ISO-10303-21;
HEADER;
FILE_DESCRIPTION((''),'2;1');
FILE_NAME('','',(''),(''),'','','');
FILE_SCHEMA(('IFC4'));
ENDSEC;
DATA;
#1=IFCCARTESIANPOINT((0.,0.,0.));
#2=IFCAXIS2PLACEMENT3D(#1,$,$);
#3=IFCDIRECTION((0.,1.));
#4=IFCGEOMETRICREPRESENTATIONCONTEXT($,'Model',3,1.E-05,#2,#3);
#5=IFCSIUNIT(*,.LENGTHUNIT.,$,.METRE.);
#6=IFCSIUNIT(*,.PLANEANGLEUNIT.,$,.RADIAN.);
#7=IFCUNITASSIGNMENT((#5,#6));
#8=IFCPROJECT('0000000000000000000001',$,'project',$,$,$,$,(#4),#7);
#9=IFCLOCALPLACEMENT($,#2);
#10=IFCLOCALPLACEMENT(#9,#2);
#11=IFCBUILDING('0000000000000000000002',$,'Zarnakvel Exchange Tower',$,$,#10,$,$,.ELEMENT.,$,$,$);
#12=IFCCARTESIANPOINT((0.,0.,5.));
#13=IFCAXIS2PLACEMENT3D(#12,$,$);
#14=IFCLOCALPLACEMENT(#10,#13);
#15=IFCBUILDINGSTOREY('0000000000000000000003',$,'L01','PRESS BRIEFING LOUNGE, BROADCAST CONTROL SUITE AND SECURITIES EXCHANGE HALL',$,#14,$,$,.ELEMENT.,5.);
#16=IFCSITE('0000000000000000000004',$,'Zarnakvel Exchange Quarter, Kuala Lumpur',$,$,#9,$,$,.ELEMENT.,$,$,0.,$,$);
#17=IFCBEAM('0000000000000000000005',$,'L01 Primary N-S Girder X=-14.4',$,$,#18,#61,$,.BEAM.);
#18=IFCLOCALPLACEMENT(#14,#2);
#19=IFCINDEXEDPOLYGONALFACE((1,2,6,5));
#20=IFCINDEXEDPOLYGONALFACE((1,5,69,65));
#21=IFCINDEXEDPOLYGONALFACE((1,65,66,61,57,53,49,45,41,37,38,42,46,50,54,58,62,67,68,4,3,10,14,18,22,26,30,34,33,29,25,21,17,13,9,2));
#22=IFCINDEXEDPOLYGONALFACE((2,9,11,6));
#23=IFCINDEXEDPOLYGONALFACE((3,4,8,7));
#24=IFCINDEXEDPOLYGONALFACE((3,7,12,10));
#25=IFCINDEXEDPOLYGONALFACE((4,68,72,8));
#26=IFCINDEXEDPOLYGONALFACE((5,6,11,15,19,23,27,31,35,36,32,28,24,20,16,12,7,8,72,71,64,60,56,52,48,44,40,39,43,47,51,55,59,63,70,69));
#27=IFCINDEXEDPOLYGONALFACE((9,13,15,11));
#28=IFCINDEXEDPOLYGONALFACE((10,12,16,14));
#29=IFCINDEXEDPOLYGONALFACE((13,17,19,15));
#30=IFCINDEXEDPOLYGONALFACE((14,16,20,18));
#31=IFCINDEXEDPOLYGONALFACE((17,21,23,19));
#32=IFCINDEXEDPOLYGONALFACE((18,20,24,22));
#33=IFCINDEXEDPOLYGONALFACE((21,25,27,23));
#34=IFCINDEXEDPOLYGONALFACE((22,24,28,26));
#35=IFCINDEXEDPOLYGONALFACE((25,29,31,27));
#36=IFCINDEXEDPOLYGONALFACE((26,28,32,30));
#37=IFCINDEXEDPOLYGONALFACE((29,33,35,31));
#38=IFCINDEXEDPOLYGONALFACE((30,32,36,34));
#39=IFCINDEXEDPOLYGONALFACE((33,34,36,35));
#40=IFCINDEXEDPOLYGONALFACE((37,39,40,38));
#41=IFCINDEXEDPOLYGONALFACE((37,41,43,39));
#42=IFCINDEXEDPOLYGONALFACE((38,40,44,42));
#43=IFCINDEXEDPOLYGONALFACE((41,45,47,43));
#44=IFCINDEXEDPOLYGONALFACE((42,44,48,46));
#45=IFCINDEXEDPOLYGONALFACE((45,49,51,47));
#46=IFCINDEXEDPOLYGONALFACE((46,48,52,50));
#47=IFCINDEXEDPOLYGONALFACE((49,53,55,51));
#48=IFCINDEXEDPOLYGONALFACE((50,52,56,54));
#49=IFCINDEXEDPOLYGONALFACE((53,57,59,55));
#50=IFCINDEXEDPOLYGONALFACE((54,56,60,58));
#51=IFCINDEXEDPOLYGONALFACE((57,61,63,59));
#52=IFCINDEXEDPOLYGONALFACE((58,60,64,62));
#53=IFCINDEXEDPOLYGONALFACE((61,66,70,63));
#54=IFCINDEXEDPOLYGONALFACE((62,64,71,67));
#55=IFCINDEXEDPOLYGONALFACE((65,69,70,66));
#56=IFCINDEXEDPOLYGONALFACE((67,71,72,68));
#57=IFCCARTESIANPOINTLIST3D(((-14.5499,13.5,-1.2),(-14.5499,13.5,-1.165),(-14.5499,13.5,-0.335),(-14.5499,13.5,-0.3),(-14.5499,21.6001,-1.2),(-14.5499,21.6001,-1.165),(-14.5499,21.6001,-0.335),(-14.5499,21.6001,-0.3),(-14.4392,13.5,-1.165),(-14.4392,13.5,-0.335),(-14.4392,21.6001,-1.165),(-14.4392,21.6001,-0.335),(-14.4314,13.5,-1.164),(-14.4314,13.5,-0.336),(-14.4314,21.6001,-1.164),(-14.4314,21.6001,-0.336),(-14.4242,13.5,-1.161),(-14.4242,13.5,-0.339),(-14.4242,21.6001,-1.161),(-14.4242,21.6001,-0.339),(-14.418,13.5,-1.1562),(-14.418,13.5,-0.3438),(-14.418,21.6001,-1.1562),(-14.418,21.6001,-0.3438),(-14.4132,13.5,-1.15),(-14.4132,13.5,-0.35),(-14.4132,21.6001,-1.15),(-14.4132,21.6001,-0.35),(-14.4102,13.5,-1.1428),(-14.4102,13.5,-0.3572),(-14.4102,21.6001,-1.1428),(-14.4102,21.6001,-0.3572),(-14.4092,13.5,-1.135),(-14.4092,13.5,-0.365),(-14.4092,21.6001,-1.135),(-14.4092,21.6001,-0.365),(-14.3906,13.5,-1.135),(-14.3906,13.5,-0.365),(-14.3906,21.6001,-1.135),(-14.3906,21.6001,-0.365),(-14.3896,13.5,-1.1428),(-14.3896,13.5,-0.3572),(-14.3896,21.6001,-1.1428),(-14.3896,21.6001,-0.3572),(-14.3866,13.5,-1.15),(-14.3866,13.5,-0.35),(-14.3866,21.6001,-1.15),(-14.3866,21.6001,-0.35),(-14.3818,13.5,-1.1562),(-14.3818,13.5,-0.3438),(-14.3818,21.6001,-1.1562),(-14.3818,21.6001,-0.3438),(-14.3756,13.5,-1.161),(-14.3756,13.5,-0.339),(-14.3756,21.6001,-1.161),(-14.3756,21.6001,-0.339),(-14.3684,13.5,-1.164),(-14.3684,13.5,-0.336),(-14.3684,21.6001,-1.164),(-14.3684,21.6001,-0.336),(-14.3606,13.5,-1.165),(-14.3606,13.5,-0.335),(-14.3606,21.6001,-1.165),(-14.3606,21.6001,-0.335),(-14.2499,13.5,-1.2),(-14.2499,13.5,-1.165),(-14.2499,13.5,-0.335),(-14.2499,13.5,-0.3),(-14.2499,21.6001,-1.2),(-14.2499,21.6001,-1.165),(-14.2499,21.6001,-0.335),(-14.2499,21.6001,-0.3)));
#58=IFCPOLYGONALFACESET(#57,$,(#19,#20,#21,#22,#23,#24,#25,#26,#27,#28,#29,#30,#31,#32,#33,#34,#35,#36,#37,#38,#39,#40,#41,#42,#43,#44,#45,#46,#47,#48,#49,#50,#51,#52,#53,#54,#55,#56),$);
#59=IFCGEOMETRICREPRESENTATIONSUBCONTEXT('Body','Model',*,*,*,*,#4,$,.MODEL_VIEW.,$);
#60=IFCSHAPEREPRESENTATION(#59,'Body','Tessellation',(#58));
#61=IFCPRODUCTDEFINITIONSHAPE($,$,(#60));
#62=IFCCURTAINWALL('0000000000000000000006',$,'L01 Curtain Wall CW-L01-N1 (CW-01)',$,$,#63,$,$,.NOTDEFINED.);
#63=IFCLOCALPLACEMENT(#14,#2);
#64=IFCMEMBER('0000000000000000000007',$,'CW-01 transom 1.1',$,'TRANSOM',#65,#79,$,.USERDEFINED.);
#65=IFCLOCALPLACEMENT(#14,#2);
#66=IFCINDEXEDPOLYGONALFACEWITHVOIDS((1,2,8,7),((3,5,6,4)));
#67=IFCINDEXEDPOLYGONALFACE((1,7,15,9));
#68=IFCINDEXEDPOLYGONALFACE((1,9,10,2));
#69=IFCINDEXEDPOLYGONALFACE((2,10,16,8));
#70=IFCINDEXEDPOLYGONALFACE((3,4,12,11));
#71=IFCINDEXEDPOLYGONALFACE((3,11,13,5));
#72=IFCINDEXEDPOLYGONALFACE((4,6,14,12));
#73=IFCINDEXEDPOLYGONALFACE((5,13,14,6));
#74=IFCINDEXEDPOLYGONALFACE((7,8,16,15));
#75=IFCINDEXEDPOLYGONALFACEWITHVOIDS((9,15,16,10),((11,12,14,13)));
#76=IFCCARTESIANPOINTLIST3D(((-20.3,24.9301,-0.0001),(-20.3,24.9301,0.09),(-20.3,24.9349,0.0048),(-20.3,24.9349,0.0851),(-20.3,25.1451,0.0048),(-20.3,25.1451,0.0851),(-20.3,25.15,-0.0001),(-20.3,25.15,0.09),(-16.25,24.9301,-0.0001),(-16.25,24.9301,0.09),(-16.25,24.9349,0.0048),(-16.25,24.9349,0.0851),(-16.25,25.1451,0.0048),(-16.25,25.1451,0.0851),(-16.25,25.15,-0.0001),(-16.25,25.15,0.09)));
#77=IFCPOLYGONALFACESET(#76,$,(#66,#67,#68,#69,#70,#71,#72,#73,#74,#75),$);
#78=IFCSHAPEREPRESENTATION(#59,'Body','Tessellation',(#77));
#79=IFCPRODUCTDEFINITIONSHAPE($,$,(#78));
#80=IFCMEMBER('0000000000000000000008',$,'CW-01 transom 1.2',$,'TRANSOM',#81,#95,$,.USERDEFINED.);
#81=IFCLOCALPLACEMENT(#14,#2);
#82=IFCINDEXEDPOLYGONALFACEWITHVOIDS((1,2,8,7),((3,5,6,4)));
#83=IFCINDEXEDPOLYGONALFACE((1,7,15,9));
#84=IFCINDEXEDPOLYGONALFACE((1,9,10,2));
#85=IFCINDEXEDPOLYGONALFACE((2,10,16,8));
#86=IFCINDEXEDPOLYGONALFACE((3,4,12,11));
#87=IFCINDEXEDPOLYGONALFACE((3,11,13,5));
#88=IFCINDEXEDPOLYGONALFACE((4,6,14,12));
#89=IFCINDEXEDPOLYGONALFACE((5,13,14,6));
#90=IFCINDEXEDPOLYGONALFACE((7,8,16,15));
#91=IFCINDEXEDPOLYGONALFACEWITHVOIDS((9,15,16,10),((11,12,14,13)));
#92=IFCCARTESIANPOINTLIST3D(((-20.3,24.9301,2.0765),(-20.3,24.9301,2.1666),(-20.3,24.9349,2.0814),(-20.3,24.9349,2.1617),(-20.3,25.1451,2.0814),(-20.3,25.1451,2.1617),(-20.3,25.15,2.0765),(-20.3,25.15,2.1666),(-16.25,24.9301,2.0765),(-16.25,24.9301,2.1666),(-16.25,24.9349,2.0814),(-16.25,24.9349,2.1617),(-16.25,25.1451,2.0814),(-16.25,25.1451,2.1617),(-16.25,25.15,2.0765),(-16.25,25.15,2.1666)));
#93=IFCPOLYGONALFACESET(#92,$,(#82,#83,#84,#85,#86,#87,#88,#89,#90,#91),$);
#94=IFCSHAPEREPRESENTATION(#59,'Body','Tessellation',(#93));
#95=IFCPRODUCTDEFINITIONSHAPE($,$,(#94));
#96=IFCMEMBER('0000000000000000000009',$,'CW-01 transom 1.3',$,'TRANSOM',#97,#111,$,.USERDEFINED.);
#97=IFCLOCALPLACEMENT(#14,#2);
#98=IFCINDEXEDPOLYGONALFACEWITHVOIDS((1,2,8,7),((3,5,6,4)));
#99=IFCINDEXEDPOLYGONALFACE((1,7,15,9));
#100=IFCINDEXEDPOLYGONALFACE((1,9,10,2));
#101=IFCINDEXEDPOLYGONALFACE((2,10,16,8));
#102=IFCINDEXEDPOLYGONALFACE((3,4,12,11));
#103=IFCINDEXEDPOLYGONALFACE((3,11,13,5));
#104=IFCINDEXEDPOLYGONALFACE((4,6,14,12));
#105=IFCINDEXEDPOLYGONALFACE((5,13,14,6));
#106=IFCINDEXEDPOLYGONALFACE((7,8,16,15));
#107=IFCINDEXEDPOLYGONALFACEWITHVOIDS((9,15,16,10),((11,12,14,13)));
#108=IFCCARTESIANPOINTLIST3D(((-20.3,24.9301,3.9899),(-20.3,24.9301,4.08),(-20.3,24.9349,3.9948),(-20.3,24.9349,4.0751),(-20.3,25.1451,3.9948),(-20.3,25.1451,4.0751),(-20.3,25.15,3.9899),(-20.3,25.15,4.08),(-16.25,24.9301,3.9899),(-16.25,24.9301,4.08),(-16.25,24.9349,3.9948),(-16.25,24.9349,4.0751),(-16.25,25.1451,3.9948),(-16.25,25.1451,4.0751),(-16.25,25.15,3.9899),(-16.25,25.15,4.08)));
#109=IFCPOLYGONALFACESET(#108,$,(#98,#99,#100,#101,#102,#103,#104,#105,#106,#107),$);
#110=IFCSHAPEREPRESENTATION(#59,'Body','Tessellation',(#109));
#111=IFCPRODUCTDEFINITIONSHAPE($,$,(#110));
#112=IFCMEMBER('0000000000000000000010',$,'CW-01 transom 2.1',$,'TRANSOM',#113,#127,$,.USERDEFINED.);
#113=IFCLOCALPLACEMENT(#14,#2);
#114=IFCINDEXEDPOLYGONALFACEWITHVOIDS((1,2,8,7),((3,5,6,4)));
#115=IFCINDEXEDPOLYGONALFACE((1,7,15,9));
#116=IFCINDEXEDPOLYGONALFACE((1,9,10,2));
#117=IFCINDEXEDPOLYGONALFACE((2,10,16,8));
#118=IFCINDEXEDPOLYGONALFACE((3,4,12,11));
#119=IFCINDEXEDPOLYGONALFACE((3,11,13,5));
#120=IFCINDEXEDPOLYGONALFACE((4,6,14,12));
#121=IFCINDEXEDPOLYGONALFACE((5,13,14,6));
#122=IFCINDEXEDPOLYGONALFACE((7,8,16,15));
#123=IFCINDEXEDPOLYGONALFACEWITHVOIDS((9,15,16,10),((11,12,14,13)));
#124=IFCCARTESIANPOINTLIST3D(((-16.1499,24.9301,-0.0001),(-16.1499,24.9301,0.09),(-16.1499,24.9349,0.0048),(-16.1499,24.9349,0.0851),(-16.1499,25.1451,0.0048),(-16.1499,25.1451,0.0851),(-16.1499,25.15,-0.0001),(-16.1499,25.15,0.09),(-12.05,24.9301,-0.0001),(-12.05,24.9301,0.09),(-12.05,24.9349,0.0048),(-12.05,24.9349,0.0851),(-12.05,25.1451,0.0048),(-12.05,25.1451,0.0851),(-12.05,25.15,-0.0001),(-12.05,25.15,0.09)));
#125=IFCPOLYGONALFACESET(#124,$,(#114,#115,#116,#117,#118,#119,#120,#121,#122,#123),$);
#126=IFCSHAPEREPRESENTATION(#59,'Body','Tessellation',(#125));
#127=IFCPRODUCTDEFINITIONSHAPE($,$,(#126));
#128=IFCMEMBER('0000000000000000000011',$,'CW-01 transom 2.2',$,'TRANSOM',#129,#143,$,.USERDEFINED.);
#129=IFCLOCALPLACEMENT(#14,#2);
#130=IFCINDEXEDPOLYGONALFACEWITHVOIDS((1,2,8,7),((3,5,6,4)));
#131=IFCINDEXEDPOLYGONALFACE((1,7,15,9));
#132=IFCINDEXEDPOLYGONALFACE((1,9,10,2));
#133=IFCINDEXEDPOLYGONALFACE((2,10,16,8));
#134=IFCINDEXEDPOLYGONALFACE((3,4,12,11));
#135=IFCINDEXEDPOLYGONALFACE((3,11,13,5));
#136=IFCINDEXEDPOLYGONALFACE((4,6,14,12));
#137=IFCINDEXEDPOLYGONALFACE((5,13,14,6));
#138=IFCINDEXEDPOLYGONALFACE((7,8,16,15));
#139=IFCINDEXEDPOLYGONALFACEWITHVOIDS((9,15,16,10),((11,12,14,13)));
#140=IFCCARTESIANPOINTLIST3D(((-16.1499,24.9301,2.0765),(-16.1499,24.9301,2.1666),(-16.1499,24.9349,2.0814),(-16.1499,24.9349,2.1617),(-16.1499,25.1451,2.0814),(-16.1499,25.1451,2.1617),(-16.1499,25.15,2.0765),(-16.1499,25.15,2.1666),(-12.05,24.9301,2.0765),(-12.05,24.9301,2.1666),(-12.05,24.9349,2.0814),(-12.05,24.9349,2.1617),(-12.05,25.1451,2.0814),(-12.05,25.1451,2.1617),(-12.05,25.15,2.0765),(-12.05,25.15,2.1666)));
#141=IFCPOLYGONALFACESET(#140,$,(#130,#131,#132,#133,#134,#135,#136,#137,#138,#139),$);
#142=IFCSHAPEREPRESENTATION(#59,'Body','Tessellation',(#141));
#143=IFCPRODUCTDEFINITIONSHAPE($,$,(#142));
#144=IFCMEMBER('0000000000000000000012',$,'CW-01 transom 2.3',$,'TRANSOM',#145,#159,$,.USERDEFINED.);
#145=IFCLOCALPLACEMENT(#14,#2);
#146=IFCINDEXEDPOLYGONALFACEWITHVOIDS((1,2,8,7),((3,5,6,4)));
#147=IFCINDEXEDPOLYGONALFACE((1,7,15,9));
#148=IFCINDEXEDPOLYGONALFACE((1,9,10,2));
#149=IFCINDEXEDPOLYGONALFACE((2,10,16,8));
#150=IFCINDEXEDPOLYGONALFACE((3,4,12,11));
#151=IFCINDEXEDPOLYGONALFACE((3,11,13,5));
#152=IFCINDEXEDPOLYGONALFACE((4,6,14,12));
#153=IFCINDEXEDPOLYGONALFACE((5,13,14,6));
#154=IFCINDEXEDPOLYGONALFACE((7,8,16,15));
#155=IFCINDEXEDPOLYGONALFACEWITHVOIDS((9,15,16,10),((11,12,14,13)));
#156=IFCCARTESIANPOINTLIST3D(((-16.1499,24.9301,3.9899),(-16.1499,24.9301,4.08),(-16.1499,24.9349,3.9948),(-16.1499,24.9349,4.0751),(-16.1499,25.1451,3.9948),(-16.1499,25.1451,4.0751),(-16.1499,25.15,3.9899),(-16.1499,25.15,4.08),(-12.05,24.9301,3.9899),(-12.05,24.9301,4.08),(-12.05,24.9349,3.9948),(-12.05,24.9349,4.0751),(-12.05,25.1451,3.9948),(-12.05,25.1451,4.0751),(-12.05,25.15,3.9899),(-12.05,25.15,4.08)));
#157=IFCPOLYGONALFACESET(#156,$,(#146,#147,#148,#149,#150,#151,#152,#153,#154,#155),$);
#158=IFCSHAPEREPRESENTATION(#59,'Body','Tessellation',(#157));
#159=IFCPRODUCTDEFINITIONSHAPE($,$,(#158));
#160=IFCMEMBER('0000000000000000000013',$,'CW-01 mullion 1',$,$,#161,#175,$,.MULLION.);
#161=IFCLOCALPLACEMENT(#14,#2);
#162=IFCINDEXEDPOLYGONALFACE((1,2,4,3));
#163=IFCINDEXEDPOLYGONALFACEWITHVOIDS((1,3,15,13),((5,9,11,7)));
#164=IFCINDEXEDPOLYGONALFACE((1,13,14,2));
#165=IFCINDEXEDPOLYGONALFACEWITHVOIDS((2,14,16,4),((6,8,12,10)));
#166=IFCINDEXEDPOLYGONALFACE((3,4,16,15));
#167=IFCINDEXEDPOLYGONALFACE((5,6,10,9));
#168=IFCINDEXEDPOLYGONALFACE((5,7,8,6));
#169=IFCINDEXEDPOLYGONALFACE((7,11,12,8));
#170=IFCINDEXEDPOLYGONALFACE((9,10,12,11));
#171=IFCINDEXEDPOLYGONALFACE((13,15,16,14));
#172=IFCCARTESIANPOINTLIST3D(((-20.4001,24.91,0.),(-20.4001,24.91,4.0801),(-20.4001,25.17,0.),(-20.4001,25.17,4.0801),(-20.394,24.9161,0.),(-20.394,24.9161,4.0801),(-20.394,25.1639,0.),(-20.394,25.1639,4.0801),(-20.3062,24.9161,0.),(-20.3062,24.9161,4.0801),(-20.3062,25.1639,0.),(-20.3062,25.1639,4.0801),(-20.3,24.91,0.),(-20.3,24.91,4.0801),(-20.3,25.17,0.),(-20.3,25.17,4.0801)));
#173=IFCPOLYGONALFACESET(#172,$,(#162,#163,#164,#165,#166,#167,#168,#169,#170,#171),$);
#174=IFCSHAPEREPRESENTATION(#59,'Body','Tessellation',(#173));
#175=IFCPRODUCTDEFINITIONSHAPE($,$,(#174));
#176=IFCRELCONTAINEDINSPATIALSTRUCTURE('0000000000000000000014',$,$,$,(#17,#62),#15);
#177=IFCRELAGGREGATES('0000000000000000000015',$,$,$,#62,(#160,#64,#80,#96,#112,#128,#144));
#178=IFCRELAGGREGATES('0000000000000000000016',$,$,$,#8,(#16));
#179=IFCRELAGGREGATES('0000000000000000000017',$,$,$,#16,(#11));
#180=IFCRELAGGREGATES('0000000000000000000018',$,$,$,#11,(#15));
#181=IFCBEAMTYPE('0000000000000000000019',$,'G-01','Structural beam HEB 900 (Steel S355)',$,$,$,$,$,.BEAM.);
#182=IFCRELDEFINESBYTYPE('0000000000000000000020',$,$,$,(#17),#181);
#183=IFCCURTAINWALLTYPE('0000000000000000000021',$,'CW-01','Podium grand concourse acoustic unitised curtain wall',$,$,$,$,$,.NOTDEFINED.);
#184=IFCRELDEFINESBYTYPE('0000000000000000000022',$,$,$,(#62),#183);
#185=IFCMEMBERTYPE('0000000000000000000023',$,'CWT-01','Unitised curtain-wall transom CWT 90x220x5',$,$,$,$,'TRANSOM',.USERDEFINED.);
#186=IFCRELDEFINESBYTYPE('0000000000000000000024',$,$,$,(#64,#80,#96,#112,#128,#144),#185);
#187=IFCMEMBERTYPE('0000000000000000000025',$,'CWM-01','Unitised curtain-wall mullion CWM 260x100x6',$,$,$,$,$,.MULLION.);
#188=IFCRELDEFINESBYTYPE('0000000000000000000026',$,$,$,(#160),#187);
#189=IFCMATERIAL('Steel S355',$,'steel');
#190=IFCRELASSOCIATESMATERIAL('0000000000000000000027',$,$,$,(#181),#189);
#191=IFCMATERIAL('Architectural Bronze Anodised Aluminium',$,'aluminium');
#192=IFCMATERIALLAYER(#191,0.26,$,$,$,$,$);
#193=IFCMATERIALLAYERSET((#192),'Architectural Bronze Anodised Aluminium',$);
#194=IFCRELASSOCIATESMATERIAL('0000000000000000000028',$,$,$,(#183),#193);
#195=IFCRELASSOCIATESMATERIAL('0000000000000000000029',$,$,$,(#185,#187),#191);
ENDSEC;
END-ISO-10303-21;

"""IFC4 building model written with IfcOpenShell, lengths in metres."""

from ifc_helpers import new_model, si_unit, direction, frame, origin, origin_2d, place, context, subcontext, project, spatial, hollow_rectangle, i_section, extrude, source, transform, mapped, material, layer, layer_set, material_profile, profile_set, type_object, element, aggregate, save


model = new_model("IFC4")

# Units and contexts
model_context = context("Model", 3, precision=1e-05, world=origin(), true_north=direction((0.0, 1.0)))
body_context = subcontext(model_context, "Body", "Model", "MODEL_VIEW")
ifc_project = project(units=[si_unit("LENGTHUNIT", "METRE"), si_unit("PLANEANGLEUNIT", "RADIAN")], contexts=[model_context])

# Site, building, storey
site_placement = place(None, origin())
site = spatial("IfcSite", under=ifc_project, at=site_placement, Name="Zarnakvel Exchange Quarter, Kuala Lumpur", CompositionType="ELEMENT", RefElevation=0.0)
building_placement = place(site_placement, origin())
building = spatial("IfcBuilding", under=site, at=building_placement, Name="Zarnakvel Exchange Tower", CompositionType="ELEMENT")
storey_placement = place(building_placement, frame((0.0, 0.0, 5.0)))
storey = spatial("IfcBuildingStorey", under=building, at=storey_placement, Name="L01", Description="PRESS BRIEFING LOUNGE, BROADCAST CONTROL SUITE AND SECURITIES EXCHANGE HALL", CompositionType="ELEMENT", Elevation=5.0)

# Beam
ifc_material_1 = material(Name="Steel S355", Category="steel")
ifc_material_profile_1 = material_profile(ifc_material_1, i_section(OverallWidth=0.3, OverallDepth=0.8999, WebThickness=0.0186, FlangeThickness=0.0349, FilletRadius=0.03, at=origin_2d()))
ifc_profile_set_1 = profile_set([ifc_material_profile_1], Name="Steel S355")
beam_type_1 = type_object("IfcBeamType", Name="G-01", Description="Structural beam HEB 900 (Steel S355)", PredefinedType="BEAM", material=ifc_profile_set_1)
beam_1_placement = place(storey_placement, frame((-14.3999, 13.5, -0.75), z_axis=(0.0, 1.0, 0.0), x_axis=(-1.0, 0.0, 0.0)))
element("IfcBeam", 1, at=beam_1_placement, inside=storey, type_object=beam_type_1, Name="L01 Primary N-S Girder X=-14.4", PredefinedType="BEAM", context=body_context, shape_type="SweptSolid", body=[
    extrude(i_section(OverallWidth=0.3, OverallDepth=0.8999, WebThickness=0.0186, FlangeThickness=0.0349, FilletRadius=0.03, at=origin_2d()), origin(), (0.0, 0.0, 1.0), 8.1001),
])

# Curtain wall, members
ifc_material_2 = material(Name="Architectural Bronze Anodised Aluminium", Category="aluminium")
ifc_layer_1 = layer(ifc_material_2, 0.26)
ifc_layer_set_1 = layer_set([ifc_layer_1], Name="Architectural Bronze Anodised Aluminium")
curtain_wall_type = type_object("IfcCurtainWallType", Name="CW-01", Description="Podium grand concourse acoustic unitised curtain wall", PredefinedType="NOTDEFINED", material=ifc_layer_set_1)
curtain_wall_placement = place(storey_placement, origin())
curtain_wall = element("IfcCurtainWall", 2, at=curtain_wall_placement, inside=storey, type_object=curtain_wall_type, Name="L01 Curtain Wall CW-L01-N1 (CW-01)", PredefinedType="NOTDEFINED")
ifc_material_profile_2 = material_profile(ifc_material_2, hollow_rectangle(XDim=0.22, YDim=0.0901, WallThickness=0.0049, at=origin_2d()))
ifc_profile_set_2 = profile_set([ifc_material_profile_2], Name="Architectural Bronze Anodised Aluminium")
member_type_1 = type_object("IfcMemberType", Name="CWT-01", Description="Unitised curtain-wall transom CWT 90x220x5", ElementType="TRANSOM", PredefinedType="USERDEFINED", material=ifc_profile_set_2)
shared_shape_1 = source(origin(), body_context, "Body", "SweptSolid", [
    extrude(hollow_rectangle(XDim=0.22, YDim=0.0901, WallThickness=0.0049, at=origin_2d()), origin(), (0.0, 0.0, 1.0), 4.05),
])
member_1_placement = place(storey_placement, frame((-20.3, 25.04, 0.0449), z_axis=(1.0, 0.0, 0.0), x_axis=(0.0, 1.0, 0.0)))
member_1 = element("IfcMember", 3, at=member_1_placement, type_object=member_type_1, Name="CW-01 transom 1.1", ObjectType="TRANSOM", PredefinedType="USERDEFINED", context=body_context, shape_type="MappedRepresentation", body=[
    mapped(shared_shape_1, transform((0.0, 0.0, 0.0), x_axis=(1.0, 0.0, 0.0), y_axis=(0.0, 1.0, 0.0), z_axis=(0.0, 0.0, 1.0), scale=1.0)),
])
member_2_placement = place(storey_placement, frame((-20.3, 25.04, 2.1216), z_axis=(1.0, 0.0, 0.0), x_axis=(0.0, 1.0, 0.0)))
member_2 = element("IfcMember", 4, at=member_2_placement, type_object=member_type_1, Name="CW-01 transom 1.2", ObjectType="TRANSOM", PredefinedType="USERDEFINED", context=body_context, shape_type="MappedRepresentation", body=[
    mapped(shared_shape_1, transform((0.0, 0.0, 0.0), x_axis=(1.0, 0.0, 0.0), y_axis=(0.0, 1.0, 0.0), z_axis=(0.0, 0.0, 1.0), scale=1.0)),
])
member_3_placement = place(storey_placement, frame((-20.3, 25.04, 4.0349), z_axis=(1.0, 0.0, 0.0), x_axis=(0.0, 1.0, 0.0)))
member_3 = element("IfcMember", 5, at=member_3_placement, type_object=member_type_1, Name="CW-01 transom 1.3", ObjectType="TRANSOM", PredefinedType="USERDEFINED", context=body_context, shape_type="MappedRepresentation", body=[
    mapped(shared_shape_1, transform((0.0, 0.0, 0.0), x_axis=(1.0, 0.0, 0.0), y_axis=(0.0, 1.0, 0.0), z_axis=(0.0, 0.0, 1.0), scale=1.0)),
])
shared_shape_2 = source(origin(), body_context, "Body", "SweptSolid", [
    extrude(hollow_rectangle(XDim=0.22, YDim=0.0901, WallThickness=0.0049, at=origin_2d()), origin(), (0.0, 0.0, 1.0), 4.0999),
])
member_4_placement = place(storey_placement, frame((-16.1499, 25.04, 0.0449), z_axis=(1.0, 0.0, 0.0), x_axis=(0.0, 1.0, 0.0)))
member_4 = element("IfcMember", 6, at=member_4_placement, type_object=member_type_1, Name="CW-01 transom 2.1", ObjectType="TRANSOM", PredefinedType="USERDEFINED", context=body_context, shape_type="MappedRepresentation", body=[
    mapped(shared_shape_2, transform((0.0, 0.0, 0.0), x_axis=(1.0, 0.0, 0.0), y_axis=(0.0, 1.0, 0.0), z_axis=(0.0, 0.0, 1.0), scale=1.0)),
])
member_5_placement = place(storey_placement, frame((-16.1499, 25.04, 2.1216), z_axis=(1.0, 0.0, 0.0), x_axis=(0.0, 1.0, 0.0)))
member_5 = element("IfcMember", 7, at=member_5_placement, type_object=member_type_1, Name="CW-01 transom 2.2", ObjectType="TRANSOM", PredefinedType="USERDEFINED", context=body_context, shape_type="MappedRepresentation", body=[
    mapped(shared_shape_2, transform((0.0, 0.0, 0.0), x_axis=(1.0, 0.0, 0.0), y_axis=(0.0, 1.0, 0.0), z_axis=(0.0, 0.0, 1.0), scale=1.0)),
])
member_6_placement = place(storey_placement, frame((-16.1499, 25.04, 4.0349), z_axis=(1.0, 0.0, 0.0), x_axis=(0.0, 1.0, 0.0)))
member_6 = element("IfcMember", 8, at=member_6_placement, type_object=member_type_1, Name="CW-01 transom 2.3", ObjectType="TRANSOM", PredefinedType="USERDEFINED", context=body_context, shape_type="MappedRepresentation", body=[
    mapped(shared_shape_2, transform((0.0, 0.0, 0.0), x_axis=(1.0, 0.0, 0.0), y_axis=(0.0, 1.0, 0.0), z_axis=(0.0, 0.0, 1.0), scale=1.0)),
])
ifc_material_profile_3 = material_profile(ifc_material_2, hollow_rectangle(XDim=0.26, YDim=0.1001, WallThickness=0.0061, at=origin_2d()))
ifc_profile_set_3 = profile_set([ifc_material_profile_3], Name="Architectural Bronze Anodised Aluminium")
member_type_2 = type_object("IfcMemberType", Name="CWM-01", Description="Unitised curtain-wall mullion CWM 260x100x6", PredefinedType="MULLION", material=ifc_profile_set_3)
shared_shape_3 = source(origin(), body_context, "Body", "SweptSolid", [
    extrude(hollow_rectangle(XDim=0.26, YDim=0.1001, WallThickness=0.0061, at=origin_2d()), origin(), (0.0, 0.0, 1.0), 4.0801),
])
member_7_placement = place(storey_placement, frame((-20.3501, 25.04, 0.0), z_axis=(0.0, 0.0, 1.0), x_axis=(0.0, 1.0, 0.0)))
member_7 = element("IfcMember", 9, at=member_7_placement, type_object=member_type_2, Name="CW-01 mullion 1", PredefinedType="MULLION", context=body_context, shape_type="MappedRepresentation", body=[
    mapped(shared_shape_3, transform((0.0, 0.0, 0.0), x_axis=(1.0, 0.0, 0.0), y_axis=(0.0, 1.0, 0.0), z_axis=(0.0, 0.0, 1.0), scale=1.0)),
])
aggregate(curtain_wall, [member_7, member_1, member_2, member_3, member_4, member_5, member_6])

save(model, "model.ifc")
